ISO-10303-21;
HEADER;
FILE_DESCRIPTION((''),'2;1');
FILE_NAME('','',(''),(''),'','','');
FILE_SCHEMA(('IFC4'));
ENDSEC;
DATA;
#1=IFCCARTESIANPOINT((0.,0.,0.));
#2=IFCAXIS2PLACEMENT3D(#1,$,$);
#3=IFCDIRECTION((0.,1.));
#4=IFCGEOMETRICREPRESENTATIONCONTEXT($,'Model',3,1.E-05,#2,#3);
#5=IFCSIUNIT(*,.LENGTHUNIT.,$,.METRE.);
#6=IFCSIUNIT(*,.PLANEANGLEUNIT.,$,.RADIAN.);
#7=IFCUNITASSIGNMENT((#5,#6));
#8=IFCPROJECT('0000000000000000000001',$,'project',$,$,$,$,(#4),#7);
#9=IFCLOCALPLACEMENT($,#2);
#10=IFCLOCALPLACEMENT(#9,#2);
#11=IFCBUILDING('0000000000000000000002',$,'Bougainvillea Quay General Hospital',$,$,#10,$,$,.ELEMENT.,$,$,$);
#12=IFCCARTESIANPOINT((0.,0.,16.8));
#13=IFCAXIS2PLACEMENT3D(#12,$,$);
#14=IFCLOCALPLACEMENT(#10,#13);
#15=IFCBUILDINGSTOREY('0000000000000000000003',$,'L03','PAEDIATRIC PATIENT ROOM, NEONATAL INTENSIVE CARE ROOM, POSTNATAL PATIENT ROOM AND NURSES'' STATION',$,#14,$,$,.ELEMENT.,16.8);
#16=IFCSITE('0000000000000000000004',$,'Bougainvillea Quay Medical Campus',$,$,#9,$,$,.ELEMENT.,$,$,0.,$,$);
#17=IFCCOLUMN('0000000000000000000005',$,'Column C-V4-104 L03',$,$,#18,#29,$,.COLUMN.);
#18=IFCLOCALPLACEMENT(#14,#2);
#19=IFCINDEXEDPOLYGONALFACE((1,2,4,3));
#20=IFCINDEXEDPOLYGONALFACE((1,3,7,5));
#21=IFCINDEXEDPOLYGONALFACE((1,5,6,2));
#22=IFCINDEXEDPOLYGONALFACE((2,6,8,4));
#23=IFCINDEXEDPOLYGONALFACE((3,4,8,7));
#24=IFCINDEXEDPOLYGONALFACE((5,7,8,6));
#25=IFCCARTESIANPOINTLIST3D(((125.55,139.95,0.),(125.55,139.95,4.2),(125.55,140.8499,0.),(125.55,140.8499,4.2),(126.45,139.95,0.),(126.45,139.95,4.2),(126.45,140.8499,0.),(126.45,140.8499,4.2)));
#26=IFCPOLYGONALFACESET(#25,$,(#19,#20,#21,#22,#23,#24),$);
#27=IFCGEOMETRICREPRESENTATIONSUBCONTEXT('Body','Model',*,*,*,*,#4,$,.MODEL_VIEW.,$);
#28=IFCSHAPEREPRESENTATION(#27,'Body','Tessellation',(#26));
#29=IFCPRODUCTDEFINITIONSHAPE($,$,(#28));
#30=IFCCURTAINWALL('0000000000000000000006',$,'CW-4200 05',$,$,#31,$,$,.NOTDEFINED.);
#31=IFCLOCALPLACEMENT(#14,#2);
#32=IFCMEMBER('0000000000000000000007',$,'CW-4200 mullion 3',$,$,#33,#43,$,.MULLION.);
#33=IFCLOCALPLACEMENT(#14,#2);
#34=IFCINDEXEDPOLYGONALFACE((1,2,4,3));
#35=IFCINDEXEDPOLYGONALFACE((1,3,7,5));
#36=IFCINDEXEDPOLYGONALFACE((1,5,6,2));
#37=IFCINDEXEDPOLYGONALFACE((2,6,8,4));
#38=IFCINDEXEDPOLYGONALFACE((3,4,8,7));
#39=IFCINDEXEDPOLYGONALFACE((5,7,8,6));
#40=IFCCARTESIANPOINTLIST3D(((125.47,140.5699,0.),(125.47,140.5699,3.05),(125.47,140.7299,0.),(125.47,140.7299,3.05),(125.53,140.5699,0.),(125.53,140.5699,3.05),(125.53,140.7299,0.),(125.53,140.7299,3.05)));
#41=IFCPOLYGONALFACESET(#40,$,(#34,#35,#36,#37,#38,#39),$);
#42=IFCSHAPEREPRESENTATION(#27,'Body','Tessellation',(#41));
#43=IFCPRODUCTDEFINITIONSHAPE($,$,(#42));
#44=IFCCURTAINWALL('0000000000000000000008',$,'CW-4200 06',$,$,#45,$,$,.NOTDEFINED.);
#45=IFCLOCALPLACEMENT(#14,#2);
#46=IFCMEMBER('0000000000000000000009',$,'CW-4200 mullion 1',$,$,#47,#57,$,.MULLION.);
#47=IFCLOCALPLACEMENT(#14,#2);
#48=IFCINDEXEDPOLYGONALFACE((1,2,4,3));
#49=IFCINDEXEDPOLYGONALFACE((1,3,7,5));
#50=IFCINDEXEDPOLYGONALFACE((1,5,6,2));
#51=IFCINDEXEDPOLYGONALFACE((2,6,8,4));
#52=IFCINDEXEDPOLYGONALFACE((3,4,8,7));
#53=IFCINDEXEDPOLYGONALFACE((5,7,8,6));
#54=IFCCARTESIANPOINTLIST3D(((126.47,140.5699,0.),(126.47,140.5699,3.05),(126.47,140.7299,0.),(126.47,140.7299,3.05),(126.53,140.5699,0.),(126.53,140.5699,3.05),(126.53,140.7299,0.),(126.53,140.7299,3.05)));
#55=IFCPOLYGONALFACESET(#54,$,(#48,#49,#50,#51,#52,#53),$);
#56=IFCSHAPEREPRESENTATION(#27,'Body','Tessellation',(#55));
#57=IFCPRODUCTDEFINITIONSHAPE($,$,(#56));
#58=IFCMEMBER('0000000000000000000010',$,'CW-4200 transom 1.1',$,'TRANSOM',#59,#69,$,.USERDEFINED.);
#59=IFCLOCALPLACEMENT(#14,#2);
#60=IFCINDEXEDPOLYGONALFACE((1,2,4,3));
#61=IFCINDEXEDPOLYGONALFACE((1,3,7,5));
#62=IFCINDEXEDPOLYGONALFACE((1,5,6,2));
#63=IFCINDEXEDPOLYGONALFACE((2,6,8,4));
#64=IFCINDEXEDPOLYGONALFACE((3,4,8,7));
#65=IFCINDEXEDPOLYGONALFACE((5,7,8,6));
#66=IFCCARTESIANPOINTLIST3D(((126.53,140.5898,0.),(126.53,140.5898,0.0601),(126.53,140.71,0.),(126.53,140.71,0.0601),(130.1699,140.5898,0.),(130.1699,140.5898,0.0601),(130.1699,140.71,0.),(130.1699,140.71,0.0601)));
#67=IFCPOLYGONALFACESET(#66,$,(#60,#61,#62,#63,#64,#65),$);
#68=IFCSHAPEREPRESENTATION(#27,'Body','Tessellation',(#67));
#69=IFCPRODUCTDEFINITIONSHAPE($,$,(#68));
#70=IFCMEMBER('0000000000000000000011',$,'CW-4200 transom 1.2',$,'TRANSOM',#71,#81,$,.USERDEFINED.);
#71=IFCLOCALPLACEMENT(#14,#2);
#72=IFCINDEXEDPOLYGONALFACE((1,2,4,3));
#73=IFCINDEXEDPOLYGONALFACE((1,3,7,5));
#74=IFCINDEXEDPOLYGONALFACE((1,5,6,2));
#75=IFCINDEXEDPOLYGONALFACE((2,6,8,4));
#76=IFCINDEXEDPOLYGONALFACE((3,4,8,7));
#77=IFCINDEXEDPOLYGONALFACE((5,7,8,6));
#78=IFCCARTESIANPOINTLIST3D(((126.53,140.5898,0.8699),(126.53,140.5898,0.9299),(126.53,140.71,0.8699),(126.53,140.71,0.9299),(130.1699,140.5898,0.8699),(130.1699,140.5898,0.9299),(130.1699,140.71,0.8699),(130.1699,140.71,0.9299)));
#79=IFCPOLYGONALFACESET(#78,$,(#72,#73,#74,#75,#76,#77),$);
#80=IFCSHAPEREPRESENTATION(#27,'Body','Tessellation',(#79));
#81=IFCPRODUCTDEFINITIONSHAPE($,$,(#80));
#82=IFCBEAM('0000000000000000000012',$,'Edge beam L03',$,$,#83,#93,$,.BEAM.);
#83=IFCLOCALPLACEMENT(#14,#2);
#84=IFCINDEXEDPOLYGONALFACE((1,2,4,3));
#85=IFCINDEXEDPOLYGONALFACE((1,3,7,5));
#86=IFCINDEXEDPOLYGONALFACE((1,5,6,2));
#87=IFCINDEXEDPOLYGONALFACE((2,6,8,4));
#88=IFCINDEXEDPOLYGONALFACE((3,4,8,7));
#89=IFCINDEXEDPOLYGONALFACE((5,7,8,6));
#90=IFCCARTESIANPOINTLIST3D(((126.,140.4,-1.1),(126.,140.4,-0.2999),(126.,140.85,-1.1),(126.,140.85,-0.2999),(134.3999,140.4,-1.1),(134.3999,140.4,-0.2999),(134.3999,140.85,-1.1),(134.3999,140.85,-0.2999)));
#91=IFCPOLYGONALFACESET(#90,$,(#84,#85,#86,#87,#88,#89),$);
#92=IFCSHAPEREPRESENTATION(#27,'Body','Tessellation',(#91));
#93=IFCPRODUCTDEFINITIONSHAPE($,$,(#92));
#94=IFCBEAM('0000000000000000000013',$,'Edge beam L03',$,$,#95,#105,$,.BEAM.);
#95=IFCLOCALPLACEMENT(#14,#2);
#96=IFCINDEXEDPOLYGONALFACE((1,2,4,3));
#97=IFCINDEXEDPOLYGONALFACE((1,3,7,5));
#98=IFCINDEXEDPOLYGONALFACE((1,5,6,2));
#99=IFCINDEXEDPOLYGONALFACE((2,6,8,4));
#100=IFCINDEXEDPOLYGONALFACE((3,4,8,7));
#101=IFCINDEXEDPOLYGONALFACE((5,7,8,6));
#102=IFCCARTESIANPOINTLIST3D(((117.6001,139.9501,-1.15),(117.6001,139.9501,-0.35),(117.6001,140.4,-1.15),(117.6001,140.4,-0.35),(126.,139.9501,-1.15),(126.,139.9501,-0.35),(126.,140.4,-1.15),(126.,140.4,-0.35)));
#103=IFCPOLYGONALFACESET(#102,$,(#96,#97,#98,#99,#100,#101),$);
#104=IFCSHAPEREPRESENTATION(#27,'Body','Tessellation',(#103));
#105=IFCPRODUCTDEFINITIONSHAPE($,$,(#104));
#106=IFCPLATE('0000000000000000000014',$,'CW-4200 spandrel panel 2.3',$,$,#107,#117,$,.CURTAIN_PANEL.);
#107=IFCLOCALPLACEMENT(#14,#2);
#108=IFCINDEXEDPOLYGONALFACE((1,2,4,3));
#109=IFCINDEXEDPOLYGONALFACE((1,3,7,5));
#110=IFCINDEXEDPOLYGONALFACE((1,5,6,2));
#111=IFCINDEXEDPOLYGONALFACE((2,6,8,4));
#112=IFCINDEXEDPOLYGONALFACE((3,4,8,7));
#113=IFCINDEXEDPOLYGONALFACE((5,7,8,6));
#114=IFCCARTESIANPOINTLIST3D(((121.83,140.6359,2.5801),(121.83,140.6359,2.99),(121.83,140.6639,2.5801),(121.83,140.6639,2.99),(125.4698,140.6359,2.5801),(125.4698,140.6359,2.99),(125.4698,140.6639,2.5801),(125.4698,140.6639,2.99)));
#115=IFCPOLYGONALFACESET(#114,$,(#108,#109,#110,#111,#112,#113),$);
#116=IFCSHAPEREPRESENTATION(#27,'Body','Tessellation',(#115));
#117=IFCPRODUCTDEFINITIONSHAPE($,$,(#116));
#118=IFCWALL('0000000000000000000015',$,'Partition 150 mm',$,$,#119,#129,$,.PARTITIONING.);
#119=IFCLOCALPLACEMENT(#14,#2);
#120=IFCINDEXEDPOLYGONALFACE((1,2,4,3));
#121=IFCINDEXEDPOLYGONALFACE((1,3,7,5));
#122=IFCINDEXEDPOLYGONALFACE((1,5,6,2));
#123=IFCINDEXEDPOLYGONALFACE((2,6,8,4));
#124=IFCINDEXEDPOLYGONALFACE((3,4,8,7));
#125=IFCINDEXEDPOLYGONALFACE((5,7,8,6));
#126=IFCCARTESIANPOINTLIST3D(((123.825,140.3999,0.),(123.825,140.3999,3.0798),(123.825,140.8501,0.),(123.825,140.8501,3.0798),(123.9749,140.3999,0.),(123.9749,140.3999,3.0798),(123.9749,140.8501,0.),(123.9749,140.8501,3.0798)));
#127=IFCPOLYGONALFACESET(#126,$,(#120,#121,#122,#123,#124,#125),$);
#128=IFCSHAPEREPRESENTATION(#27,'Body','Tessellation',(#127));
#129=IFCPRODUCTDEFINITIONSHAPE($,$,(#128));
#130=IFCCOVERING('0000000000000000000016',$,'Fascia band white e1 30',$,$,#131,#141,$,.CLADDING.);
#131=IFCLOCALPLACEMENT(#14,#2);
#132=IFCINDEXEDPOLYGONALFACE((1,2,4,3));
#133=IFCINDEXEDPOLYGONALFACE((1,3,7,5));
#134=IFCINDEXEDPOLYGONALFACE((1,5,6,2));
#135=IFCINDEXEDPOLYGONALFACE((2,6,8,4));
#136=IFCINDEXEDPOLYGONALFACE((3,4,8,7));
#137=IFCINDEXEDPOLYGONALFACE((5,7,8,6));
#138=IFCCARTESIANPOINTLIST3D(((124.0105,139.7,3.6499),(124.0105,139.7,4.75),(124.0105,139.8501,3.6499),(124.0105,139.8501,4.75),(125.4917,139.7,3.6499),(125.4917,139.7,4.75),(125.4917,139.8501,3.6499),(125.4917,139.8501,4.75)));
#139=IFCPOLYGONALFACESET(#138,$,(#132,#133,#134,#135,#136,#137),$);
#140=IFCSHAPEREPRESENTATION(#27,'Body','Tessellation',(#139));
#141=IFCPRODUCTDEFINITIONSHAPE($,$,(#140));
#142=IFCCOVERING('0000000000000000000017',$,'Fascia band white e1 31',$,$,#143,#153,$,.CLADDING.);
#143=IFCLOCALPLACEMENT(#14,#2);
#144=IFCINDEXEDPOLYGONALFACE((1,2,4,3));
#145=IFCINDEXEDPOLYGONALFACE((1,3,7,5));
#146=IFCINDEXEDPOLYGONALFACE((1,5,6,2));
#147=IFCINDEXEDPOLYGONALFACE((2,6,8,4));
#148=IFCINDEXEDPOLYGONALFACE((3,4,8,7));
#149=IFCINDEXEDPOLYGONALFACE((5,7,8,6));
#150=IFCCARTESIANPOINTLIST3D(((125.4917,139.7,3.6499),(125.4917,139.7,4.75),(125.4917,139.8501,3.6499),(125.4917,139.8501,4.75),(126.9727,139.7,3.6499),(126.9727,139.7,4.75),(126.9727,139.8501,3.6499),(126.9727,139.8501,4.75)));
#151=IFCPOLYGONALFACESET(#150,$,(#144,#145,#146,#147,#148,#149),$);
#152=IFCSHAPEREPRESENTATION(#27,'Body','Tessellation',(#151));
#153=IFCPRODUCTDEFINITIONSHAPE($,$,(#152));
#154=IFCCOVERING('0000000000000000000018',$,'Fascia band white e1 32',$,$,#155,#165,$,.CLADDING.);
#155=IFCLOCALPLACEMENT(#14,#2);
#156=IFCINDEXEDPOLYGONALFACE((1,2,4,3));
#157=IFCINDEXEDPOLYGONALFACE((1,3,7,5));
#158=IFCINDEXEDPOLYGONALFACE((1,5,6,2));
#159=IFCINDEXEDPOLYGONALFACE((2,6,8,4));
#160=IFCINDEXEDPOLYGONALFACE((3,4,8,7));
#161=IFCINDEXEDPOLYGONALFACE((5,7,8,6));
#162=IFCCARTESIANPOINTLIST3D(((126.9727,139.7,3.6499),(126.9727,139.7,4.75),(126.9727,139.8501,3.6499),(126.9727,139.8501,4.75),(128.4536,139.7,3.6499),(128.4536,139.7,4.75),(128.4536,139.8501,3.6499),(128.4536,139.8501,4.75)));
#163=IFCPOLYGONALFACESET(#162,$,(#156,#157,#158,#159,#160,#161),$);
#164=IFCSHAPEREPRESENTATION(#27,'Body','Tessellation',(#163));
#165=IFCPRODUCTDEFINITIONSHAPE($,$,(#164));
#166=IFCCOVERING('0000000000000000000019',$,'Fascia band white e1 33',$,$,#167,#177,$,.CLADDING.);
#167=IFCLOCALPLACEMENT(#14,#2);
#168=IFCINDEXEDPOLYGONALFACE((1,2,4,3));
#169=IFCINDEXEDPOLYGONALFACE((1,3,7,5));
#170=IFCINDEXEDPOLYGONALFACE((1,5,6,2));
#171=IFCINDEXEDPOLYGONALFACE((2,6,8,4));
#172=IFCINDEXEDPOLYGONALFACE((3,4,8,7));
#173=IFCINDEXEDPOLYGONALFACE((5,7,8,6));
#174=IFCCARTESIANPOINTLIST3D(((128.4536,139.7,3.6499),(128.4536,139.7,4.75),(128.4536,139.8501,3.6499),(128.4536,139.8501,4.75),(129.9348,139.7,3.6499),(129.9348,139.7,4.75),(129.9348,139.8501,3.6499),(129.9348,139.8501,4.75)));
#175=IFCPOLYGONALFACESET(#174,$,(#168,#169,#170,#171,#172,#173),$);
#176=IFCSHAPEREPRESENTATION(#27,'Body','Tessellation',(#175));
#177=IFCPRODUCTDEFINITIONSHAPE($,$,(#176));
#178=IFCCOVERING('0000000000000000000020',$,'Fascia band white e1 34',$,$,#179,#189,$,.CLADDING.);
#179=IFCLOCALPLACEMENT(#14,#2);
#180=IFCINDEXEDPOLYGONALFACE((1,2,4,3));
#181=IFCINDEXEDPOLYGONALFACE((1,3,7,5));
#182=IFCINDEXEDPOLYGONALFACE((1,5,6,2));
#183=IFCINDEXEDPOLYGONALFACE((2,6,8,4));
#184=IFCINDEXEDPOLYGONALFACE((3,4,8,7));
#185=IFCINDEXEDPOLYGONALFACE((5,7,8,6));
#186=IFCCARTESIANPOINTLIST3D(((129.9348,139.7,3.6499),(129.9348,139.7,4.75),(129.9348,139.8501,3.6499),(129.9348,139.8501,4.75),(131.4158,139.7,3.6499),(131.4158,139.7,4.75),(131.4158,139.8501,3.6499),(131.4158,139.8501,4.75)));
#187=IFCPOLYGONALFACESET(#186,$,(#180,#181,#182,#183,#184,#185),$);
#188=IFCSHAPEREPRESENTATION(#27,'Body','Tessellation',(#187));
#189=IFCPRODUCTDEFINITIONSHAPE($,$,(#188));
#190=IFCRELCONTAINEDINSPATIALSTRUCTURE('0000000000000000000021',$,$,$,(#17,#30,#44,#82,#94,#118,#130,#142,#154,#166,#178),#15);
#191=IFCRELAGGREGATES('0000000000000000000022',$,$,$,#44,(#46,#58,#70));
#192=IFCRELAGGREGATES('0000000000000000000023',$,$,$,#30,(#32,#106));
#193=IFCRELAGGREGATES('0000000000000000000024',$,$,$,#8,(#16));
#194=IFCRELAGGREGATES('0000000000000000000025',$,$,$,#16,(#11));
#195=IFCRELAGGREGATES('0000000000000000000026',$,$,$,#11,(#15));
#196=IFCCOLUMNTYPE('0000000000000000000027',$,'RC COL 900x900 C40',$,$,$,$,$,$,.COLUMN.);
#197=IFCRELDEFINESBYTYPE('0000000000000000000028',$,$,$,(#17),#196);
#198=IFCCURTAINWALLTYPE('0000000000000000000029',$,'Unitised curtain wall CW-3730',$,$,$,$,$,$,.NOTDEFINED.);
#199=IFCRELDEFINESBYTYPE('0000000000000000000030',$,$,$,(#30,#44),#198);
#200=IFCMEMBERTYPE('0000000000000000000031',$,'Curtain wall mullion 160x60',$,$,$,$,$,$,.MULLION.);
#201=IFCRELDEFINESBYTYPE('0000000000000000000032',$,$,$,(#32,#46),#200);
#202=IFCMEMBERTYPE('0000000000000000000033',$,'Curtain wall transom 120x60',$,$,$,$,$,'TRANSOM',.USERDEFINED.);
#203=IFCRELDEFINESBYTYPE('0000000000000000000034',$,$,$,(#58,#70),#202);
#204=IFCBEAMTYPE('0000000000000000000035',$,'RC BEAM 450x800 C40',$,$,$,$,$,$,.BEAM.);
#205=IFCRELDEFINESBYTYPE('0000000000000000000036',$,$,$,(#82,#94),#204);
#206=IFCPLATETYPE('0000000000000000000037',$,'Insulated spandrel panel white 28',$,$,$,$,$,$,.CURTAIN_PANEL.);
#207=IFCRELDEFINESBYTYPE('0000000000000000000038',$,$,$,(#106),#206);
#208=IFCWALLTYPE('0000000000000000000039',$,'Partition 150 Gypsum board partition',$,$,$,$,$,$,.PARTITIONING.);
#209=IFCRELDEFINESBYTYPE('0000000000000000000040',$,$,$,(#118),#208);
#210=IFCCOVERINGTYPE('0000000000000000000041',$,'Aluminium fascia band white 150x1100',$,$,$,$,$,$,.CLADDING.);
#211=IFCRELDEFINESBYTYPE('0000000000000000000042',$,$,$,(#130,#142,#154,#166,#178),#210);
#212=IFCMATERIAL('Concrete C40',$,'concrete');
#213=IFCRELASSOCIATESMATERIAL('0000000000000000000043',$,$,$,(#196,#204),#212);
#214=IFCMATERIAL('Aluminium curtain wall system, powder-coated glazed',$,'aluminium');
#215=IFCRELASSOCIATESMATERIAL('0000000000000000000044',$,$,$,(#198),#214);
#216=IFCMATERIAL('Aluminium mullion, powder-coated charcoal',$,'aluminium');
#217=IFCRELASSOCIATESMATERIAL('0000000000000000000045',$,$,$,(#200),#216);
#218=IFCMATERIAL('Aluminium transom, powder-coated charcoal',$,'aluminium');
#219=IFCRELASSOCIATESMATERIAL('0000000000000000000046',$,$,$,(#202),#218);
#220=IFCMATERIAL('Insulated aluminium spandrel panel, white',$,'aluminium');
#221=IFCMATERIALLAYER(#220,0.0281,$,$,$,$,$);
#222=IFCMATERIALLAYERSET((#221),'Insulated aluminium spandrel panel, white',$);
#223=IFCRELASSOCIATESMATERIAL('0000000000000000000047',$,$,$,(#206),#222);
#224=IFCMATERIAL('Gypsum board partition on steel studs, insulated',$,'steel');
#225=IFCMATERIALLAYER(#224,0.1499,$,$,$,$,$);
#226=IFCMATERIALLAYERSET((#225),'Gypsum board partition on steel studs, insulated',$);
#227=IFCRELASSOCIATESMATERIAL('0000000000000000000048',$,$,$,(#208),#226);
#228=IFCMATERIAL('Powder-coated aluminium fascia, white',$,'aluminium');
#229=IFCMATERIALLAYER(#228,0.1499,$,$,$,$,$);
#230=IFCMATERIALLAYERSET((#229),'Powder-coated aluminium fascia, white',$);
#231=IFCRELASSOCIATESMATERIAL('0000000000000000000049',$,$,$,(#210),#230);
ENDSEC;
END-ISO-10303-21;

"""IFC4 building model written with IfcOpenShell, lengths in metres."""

from ifc_helpers import new_model, si_unit, direction, frame, frame_2d, origin, origin_2d, place, context, subcontext, project, spatial, polyline, rectangle, outline, extrude, material, layer, layer_set, material_profile, profile_set, type_object, element, aggregate, save


model = new_model("IFC4")

# Units and contexts
model_context = context("Model", 3, precision=1e-05, world=origin(), true_north=direction((0.0, 1.0)))
body_context = subcontext(model_context, "Body", "Model", "MODEL_VIEW")
ifc_project = project(units=[si_unit("LENGTHUNIT", "METRE"), si_unit("PLANEANGLEUNIT", "RADIAN")], contexts=[model_context])

# Site, building, storey
site_placement = place(None, origin())
site = spatial("IfcSite", under=ifc_project, at=site_placement, Name="Bougainvillea Quay Medical Campus", CompositionType="ELEMENT", RefElevation=0.0)
building_placement = place(site_placement, origin())
building = spatial("IfcBuilding", under=site, at=building_placement, Name="Bougainvillea Quay General Hospital", CompositionType="ELEMENT")
storey_placement = place(building_placement, frame((0.0, 0.0, 16.8)))
storey = spatial("IfcBuildingStorey", under=building, at=storey_placement, Name="L03", Description="PAEDIATRIC PATIENT ROOM, NEONATAL INTENSIVE CARE ROOM, POSTNATAL PATIENT ROOM AND NURSES' STATION", CompositionType="ELEMENT", Elevation=16.8)

# Column
ifc_material_1 = material(Name="Concrete C40", Category="concrete")
ifc_material_profile_1 = material_profile(ifc_material_1, rectangle(XDim=0.8999, YDim=0.8999, at=origin_2d()))
ifc_profile_set_1 = profile_set([ifc_material_profile_1], Name="Concrete C40")
column_type = type_object("IfcColumnType", Name="RC COL 900x900 C40", PredefinedType="COLUMN", material=ifc_profile_set_1)
column_placement = place(storey_placement, frame((126.0, 140.3999, 0.0), z_axis=(0.0, 0.0, 1.0), x_axis=(1.0, 0.0, 0.0)))
element("IfcColumn", 1, at=column_placement, inside=storey, type_object=column_type, Name="Column C-V4-104 L03", PredefinedType="COLUMN", context=body_context, shape_type="SweptSolid", body=[
    extrude(rectangle(XDim=0.8999, YDim=0.8999, at=origin_2d()), origin(), (0.0, 0.0, 1.0), 4.2),
])

# Curtain wall, member
ifc_material_2 = material(Name="Aluminium curtain wall system, powder-coated glazed", Category="aluminium")
curtain_wall_type = type_object("IfcCurtainWallType", Name="Unitised curtain wall CW-3730", PredefinedType="NOTDEFINED", material=ifc_material_2)
curtain_wall_1_placement = place(storey_placement, origin())
curtain_wall_1 = element("IfcCurtainWall", 2, at=curtain_wall_1_placement, inside=storey, type_object=curtain_wall_type, Name="CW-4200 05", PredefinedType="NOTDEFINED")
ifc_material_3 = material(Name="Aluminium mullion, powder-coated charcoal", Category="aluminium")
ifc_material_profile_2 = material_profile(ifc_material_3, rectangle(XDim=0.1599, YDim=0.0601, at=origin_2d()))
ifc_profile_set_2 = profile_set([ifc_material_profile_2], Name="Aluminium mullion, powder-coated charcoal")
member_type_1 = type_object("IfcMemberType", Name="Curtain wall mullion 160x60", PredefinedType="MULLION", material=ifc_profile_set_2)
member_1_placement = place(storey_placement, frame((125.5, 140.6499, 0.0), z_axis=(0.0, 0.0, 1.0), x_axis=(0.0, 1.0, 0.0)))
member_1 = element("IfcMember", 3, at=member_1_placement, type_object=member_type_1, Name="CW-4200 mullion 3", PredefinedType="MULLION", context=body_context, shape_type="SweptSolid", body=[
    extrude(rectangle(XDim=0.1599, YDim=0.0601, at=origin_2d()), origin(), (0.0, 0.0, 1.0), 3.05),
])

# Curtain wall, members
curtain_wall_2_placement = place(storey_placement, origin())
curtain_wall_2 = element("IfcCurtainWall", 4, at=curtain_wall_2_placement, inside=storey, type_object=curtain_wall_type, Name="CW-4200 06", PredefinedType="NOTDEFINED")
member_2_placement = place(storey_placement, frame((126.5, 140.6499, 0.0), z_axis=(0.0, 0.0, 1.0), x_axis=(0.0, 1.0, 0.0)))
member_2 = element("IfcMember", 5, at=member_2_placement, type_object=member_type_1, Name="CW-4200 mullion 1", PredefinedType="MULLION", context=body_context, shape_type="SweptSolid", body=[
    extrude(rectangle(XDim=0.1599, YDim=0.0601, at=origin_2d()), origin(), (0.0, 0.0, 1.0), 3.05),
])
ifc_material_4 = material(Name="Aluminium transom, powder-coated charcoal", Category="aluminium")
ifc_material_profile_3 = material_profile(ifc_material_4, rectangle(XDim=0.1201, YDim=0.0601, at=origin_2d()))
ifc_profile_set_3 = profile_set([ifc_material_profile_3], Name="Aluminium transom, powder-coated charcoal")
member_type_2 = type_object("IfcMemberType", Name="Curtain wall transom 120x60", ElementType="TRANSOM", PredefinedType="USERDEFINED", material=ifc_profile_set_3)
member_3_placement = place(storey_placement, frame((126.53, 140.6499, 0.03), z_axis=(1.0, 0.0, 0.0), x_axis=(0.0, 1.0, 0.0)))
member_3 = element("IfcMember", 6, at=member_3_placement, type_object=member_type_2, Name="CW-4200 transom 1.1", ObjectType="TRANSOM", PredefinedType="USERDEFINED", context=body_context, shape_type="SweptSolid", body=[
    extrude(rectangle(XDim=0.1201, YDim=0.0601, at=origin_2d()), origin(), (0.0, 0.0, 1.0), 3.6399),
])
member_4_placement = place(storey_placement, frame((126.53, 140.6499, 0.8999), z_axis=(1.0, 0.0, 0.0), x_axis=(0.0, 1.0, 0.0)))
member_4 = element("IfcMember", 7, at=member_4_placement, type_object=member_type_2, Name="CW-4200 transom 1.2", ObjectType="TRANSOM", PredefinedType="USERDEFINED", context=body_context, shape_type="SweptSolid", body=[
    extrude(rectangle(XDim=0.1201, YDim=0.0601, at=origin_2d()), origin(), (0.0, 0.0, 1.0), 3.6399),
])
aggregate(curtain_wall_2, [member_2, member_3, member_4])

# Beams
ifc_material_profile_4 = material_profile(ifc_material_1, rectangle(XDim=0.45, YDim=0.8, at=origin_2d()))
ifc_profile_set_4 = profile_set([ifc_material_profile_4], Name="Concrete C40")
beam_type = type_object("IfcBeamType", Name="RC BEAM 450x800 C40", PredefinedType="BEAM", material=ifc_profile_set_4)
for number, where, z_axis, x_axis, name in (
    (8, (126.0, 140.625, -0.7), (1.0, 0.0, 0.0), (0.0, 1.0, 0.0), "Edge beam L03"),
    (9, (126.0, 140.175, -0.75), (-1.0, 0.0, 0.0), (0.0, -1.0, 0.0), "Edge beam L03"),
):
    element("IfcBeam", number, at=place(storey_placement, frame(where, z_axis=z_axis, x_axis=x_axis)), inside=storey, type_object=beam_type, Name=name, PredefinedType="BEAM", context=body_context, shape_type="SweptSolid", body=[
        extrude(rectangle(XDim=0.45, YDim=0.8, at=origin_2d()), origin(), (0.0, 0.0, 1.0), 8.3999),
    ])

# Plate
ifc_material_5 = material(Name="Insulated aluminium spandrel panel, white", Category="aluminium")
ifc_layer_1 = layer(ifc_material_5, 0.0281)
ifc_layer_set_1 = layer_set([ifc_layer_1], Name="Insulated aluminium spandrel panel, white")
plate_type = type_object("IfcPlateType", Name="Insulated spandrel panel white 28", PredefinedType="CURTAIN_PANEL", material=ifc_layer_set_1)
plate_placement = place(storey_placement, frame((123.6499, 140.6499, 2.5801), z_axis=(0.0, 0.0, 1.0), x_axis=(1.0, 0.0, 0.0)))
plate = element("IfcPlate", 10, at=plate_placement, type_object=plate_type, Name="CW-4200 spandrel panel 2.3", PredefinedType="CURTAIN_PANEL", context=body_context, shape_type="SweptSolid", body=[
    extrude(rectangle(XDim=3.6399, YDim=0.0281, at=origin_2d()), origin(), (0.0, 0.0, 1.0), 0.4099),
])
aggregate(curtain_wall_1, [member_1, plate])

# Wall
ifc_material_6 = material(Name="Gypsum board partition on steel studs, insulated", Category="steel")
ifc_layer_2 = layer(ifc_material_6, 0.1499)
ifc_layer_set_2 = layer_set([ifc_layer_2], Name="Gypsum board partition on steel studs, insulated")
wall_type = type_object("IfcWallType", Name="Partition 150 Gypsum board partition", PredefinedType="PARTITIONING", material=ifc_layer_set_2)
wall_placement = place(storey_placement, frame((123.8999, 140.3999, 0.0), z_axis=(0.0, 0.0, 1.0), x_axis=(0.0, 1.0, 0.0)))
element("IfcWall", 11, at=wall_placement, inside=storey, type_object=wall_type, Name="Partition 150 mm", PredefinedType="PARTITIONING", context=body_context, shape_type="SweptSolid", body=[
    extrude(rectangle(XDim=0.4502, YDim=0.1499, at=frame_2d((0.2251, 0.0))), origin(), (0.0, 0.0, 1.0), 3.0798),
])

# Coverings
ifc_material_7 = material(Name="Powder-coated aluminium fascia, white", Category="aluminium")
ifc_layer_3 = layer(ifc_material_7, 0.1499)
ifc_layer_set_3 = layer_set([ifc_layer_3], Name="Powder-coated aluminium fascia, white")
covering_type = type_object("IfcCoveringType", Name="Aluminium fascia band white 150x1100", PredefinedType="CLADDING", material=ifc_layer_set_3)
covering_1_placement = place(storey_placement, frame((124.0105, 139.8501, 3.6499), z_axis=(0.0, 0.0, 1.0), x_axis=(1.0, 0.0, 0.0)))
element("IfcCovering", 12, at=covering_1_placement, inside=storey, type_object=covering_type, Name="Fascia band white e1 30", PredefinedType="CLADDING", context=body_context, shape_type="SweptSolid", body=[
    extrude(outline(polyline([(0.0, 0.0), (1.4812, 0.0), (1.4812, -0.1501), (0.0, -0.1501), (0.0, 0.0)])), origin(), (0.0, 0.0, 1.0), 1.1001),
])
for number, where, z_axis, x_axis, name in (
    (13, (125.4917, 139.8501, 3.6499), (0.0, 0.0, 1.0), (1.0, 0.0, 0.0), "Fascia band white e1 31"),
    (14, (126.9727, 139.8501, 3.6499), (0.0, 0.0, 1.0), (1.0, 0.0, 0.0), "Fascia band white e1 32"),
):
    element("IfcCovering", number, at=place(storey_placement, frame(where, z_axis=z_axis, x_axis=x_axis)), inside=storey, type_object=covering_type, Name=name, PredefinedType="CLADDING", context=body_context, shape_type="SweptSolid", body=[
        extrude(outline(polyline([(0.0, 0.0), (1.481, 0.0), (1.481, -0.1501), (0.0, -0.1501), (0.0, 0.0)])), origin(), (0.0, 0.0, 1.0), 1.1001),
    ])
covering_2_placement = place(storey_placement, frame((128.4536, 139.8501, 3.6499), z_axis=(0.0, 0.0, 1.0), x_axis=(1.0, 0.0, 0.0)))
element("IfcCovering", 15, at=covering_2_placement, inside=storey, type_object=covering_type, Name="Fascia band white e1 33", PredefinedType="CLADDING", context=body_context, shape_type="SweptSolid", body=[
    extrude(outline(polyline([(0.0, 0.0), (1.4812, 0.0), (1.4812, -0.1501), (0.0, -0.1501), (0.0, 0.0)])), origin(), (0.0, 0.0, 1.0), 1.1001),
])
covering_3_placement = place(storey_placement, frame((129.9348, 139.8501, 3.6499), z_axis=(0.0, 0.0, 1.0), x_axis=(1.0, 0.0, 0.0)))
element("IfcCovering", 16, at=covering_3_placement, inside=storey, type_object=covering_type, Name="Fascia band white e1 34", PredefinedType="CLADDING", context=body_context, shape_type="SweptSolid", body=[
    extrude(outline(polyline([(0.0, 0.0), (1.481, 0.0), (1.481, -0.1501), (0.0, -0.1501), (0.0, 0.0)])), origin(), (0.0, 0.0, 1.0), 1.1001),
])

save(model, "model.ifc")
